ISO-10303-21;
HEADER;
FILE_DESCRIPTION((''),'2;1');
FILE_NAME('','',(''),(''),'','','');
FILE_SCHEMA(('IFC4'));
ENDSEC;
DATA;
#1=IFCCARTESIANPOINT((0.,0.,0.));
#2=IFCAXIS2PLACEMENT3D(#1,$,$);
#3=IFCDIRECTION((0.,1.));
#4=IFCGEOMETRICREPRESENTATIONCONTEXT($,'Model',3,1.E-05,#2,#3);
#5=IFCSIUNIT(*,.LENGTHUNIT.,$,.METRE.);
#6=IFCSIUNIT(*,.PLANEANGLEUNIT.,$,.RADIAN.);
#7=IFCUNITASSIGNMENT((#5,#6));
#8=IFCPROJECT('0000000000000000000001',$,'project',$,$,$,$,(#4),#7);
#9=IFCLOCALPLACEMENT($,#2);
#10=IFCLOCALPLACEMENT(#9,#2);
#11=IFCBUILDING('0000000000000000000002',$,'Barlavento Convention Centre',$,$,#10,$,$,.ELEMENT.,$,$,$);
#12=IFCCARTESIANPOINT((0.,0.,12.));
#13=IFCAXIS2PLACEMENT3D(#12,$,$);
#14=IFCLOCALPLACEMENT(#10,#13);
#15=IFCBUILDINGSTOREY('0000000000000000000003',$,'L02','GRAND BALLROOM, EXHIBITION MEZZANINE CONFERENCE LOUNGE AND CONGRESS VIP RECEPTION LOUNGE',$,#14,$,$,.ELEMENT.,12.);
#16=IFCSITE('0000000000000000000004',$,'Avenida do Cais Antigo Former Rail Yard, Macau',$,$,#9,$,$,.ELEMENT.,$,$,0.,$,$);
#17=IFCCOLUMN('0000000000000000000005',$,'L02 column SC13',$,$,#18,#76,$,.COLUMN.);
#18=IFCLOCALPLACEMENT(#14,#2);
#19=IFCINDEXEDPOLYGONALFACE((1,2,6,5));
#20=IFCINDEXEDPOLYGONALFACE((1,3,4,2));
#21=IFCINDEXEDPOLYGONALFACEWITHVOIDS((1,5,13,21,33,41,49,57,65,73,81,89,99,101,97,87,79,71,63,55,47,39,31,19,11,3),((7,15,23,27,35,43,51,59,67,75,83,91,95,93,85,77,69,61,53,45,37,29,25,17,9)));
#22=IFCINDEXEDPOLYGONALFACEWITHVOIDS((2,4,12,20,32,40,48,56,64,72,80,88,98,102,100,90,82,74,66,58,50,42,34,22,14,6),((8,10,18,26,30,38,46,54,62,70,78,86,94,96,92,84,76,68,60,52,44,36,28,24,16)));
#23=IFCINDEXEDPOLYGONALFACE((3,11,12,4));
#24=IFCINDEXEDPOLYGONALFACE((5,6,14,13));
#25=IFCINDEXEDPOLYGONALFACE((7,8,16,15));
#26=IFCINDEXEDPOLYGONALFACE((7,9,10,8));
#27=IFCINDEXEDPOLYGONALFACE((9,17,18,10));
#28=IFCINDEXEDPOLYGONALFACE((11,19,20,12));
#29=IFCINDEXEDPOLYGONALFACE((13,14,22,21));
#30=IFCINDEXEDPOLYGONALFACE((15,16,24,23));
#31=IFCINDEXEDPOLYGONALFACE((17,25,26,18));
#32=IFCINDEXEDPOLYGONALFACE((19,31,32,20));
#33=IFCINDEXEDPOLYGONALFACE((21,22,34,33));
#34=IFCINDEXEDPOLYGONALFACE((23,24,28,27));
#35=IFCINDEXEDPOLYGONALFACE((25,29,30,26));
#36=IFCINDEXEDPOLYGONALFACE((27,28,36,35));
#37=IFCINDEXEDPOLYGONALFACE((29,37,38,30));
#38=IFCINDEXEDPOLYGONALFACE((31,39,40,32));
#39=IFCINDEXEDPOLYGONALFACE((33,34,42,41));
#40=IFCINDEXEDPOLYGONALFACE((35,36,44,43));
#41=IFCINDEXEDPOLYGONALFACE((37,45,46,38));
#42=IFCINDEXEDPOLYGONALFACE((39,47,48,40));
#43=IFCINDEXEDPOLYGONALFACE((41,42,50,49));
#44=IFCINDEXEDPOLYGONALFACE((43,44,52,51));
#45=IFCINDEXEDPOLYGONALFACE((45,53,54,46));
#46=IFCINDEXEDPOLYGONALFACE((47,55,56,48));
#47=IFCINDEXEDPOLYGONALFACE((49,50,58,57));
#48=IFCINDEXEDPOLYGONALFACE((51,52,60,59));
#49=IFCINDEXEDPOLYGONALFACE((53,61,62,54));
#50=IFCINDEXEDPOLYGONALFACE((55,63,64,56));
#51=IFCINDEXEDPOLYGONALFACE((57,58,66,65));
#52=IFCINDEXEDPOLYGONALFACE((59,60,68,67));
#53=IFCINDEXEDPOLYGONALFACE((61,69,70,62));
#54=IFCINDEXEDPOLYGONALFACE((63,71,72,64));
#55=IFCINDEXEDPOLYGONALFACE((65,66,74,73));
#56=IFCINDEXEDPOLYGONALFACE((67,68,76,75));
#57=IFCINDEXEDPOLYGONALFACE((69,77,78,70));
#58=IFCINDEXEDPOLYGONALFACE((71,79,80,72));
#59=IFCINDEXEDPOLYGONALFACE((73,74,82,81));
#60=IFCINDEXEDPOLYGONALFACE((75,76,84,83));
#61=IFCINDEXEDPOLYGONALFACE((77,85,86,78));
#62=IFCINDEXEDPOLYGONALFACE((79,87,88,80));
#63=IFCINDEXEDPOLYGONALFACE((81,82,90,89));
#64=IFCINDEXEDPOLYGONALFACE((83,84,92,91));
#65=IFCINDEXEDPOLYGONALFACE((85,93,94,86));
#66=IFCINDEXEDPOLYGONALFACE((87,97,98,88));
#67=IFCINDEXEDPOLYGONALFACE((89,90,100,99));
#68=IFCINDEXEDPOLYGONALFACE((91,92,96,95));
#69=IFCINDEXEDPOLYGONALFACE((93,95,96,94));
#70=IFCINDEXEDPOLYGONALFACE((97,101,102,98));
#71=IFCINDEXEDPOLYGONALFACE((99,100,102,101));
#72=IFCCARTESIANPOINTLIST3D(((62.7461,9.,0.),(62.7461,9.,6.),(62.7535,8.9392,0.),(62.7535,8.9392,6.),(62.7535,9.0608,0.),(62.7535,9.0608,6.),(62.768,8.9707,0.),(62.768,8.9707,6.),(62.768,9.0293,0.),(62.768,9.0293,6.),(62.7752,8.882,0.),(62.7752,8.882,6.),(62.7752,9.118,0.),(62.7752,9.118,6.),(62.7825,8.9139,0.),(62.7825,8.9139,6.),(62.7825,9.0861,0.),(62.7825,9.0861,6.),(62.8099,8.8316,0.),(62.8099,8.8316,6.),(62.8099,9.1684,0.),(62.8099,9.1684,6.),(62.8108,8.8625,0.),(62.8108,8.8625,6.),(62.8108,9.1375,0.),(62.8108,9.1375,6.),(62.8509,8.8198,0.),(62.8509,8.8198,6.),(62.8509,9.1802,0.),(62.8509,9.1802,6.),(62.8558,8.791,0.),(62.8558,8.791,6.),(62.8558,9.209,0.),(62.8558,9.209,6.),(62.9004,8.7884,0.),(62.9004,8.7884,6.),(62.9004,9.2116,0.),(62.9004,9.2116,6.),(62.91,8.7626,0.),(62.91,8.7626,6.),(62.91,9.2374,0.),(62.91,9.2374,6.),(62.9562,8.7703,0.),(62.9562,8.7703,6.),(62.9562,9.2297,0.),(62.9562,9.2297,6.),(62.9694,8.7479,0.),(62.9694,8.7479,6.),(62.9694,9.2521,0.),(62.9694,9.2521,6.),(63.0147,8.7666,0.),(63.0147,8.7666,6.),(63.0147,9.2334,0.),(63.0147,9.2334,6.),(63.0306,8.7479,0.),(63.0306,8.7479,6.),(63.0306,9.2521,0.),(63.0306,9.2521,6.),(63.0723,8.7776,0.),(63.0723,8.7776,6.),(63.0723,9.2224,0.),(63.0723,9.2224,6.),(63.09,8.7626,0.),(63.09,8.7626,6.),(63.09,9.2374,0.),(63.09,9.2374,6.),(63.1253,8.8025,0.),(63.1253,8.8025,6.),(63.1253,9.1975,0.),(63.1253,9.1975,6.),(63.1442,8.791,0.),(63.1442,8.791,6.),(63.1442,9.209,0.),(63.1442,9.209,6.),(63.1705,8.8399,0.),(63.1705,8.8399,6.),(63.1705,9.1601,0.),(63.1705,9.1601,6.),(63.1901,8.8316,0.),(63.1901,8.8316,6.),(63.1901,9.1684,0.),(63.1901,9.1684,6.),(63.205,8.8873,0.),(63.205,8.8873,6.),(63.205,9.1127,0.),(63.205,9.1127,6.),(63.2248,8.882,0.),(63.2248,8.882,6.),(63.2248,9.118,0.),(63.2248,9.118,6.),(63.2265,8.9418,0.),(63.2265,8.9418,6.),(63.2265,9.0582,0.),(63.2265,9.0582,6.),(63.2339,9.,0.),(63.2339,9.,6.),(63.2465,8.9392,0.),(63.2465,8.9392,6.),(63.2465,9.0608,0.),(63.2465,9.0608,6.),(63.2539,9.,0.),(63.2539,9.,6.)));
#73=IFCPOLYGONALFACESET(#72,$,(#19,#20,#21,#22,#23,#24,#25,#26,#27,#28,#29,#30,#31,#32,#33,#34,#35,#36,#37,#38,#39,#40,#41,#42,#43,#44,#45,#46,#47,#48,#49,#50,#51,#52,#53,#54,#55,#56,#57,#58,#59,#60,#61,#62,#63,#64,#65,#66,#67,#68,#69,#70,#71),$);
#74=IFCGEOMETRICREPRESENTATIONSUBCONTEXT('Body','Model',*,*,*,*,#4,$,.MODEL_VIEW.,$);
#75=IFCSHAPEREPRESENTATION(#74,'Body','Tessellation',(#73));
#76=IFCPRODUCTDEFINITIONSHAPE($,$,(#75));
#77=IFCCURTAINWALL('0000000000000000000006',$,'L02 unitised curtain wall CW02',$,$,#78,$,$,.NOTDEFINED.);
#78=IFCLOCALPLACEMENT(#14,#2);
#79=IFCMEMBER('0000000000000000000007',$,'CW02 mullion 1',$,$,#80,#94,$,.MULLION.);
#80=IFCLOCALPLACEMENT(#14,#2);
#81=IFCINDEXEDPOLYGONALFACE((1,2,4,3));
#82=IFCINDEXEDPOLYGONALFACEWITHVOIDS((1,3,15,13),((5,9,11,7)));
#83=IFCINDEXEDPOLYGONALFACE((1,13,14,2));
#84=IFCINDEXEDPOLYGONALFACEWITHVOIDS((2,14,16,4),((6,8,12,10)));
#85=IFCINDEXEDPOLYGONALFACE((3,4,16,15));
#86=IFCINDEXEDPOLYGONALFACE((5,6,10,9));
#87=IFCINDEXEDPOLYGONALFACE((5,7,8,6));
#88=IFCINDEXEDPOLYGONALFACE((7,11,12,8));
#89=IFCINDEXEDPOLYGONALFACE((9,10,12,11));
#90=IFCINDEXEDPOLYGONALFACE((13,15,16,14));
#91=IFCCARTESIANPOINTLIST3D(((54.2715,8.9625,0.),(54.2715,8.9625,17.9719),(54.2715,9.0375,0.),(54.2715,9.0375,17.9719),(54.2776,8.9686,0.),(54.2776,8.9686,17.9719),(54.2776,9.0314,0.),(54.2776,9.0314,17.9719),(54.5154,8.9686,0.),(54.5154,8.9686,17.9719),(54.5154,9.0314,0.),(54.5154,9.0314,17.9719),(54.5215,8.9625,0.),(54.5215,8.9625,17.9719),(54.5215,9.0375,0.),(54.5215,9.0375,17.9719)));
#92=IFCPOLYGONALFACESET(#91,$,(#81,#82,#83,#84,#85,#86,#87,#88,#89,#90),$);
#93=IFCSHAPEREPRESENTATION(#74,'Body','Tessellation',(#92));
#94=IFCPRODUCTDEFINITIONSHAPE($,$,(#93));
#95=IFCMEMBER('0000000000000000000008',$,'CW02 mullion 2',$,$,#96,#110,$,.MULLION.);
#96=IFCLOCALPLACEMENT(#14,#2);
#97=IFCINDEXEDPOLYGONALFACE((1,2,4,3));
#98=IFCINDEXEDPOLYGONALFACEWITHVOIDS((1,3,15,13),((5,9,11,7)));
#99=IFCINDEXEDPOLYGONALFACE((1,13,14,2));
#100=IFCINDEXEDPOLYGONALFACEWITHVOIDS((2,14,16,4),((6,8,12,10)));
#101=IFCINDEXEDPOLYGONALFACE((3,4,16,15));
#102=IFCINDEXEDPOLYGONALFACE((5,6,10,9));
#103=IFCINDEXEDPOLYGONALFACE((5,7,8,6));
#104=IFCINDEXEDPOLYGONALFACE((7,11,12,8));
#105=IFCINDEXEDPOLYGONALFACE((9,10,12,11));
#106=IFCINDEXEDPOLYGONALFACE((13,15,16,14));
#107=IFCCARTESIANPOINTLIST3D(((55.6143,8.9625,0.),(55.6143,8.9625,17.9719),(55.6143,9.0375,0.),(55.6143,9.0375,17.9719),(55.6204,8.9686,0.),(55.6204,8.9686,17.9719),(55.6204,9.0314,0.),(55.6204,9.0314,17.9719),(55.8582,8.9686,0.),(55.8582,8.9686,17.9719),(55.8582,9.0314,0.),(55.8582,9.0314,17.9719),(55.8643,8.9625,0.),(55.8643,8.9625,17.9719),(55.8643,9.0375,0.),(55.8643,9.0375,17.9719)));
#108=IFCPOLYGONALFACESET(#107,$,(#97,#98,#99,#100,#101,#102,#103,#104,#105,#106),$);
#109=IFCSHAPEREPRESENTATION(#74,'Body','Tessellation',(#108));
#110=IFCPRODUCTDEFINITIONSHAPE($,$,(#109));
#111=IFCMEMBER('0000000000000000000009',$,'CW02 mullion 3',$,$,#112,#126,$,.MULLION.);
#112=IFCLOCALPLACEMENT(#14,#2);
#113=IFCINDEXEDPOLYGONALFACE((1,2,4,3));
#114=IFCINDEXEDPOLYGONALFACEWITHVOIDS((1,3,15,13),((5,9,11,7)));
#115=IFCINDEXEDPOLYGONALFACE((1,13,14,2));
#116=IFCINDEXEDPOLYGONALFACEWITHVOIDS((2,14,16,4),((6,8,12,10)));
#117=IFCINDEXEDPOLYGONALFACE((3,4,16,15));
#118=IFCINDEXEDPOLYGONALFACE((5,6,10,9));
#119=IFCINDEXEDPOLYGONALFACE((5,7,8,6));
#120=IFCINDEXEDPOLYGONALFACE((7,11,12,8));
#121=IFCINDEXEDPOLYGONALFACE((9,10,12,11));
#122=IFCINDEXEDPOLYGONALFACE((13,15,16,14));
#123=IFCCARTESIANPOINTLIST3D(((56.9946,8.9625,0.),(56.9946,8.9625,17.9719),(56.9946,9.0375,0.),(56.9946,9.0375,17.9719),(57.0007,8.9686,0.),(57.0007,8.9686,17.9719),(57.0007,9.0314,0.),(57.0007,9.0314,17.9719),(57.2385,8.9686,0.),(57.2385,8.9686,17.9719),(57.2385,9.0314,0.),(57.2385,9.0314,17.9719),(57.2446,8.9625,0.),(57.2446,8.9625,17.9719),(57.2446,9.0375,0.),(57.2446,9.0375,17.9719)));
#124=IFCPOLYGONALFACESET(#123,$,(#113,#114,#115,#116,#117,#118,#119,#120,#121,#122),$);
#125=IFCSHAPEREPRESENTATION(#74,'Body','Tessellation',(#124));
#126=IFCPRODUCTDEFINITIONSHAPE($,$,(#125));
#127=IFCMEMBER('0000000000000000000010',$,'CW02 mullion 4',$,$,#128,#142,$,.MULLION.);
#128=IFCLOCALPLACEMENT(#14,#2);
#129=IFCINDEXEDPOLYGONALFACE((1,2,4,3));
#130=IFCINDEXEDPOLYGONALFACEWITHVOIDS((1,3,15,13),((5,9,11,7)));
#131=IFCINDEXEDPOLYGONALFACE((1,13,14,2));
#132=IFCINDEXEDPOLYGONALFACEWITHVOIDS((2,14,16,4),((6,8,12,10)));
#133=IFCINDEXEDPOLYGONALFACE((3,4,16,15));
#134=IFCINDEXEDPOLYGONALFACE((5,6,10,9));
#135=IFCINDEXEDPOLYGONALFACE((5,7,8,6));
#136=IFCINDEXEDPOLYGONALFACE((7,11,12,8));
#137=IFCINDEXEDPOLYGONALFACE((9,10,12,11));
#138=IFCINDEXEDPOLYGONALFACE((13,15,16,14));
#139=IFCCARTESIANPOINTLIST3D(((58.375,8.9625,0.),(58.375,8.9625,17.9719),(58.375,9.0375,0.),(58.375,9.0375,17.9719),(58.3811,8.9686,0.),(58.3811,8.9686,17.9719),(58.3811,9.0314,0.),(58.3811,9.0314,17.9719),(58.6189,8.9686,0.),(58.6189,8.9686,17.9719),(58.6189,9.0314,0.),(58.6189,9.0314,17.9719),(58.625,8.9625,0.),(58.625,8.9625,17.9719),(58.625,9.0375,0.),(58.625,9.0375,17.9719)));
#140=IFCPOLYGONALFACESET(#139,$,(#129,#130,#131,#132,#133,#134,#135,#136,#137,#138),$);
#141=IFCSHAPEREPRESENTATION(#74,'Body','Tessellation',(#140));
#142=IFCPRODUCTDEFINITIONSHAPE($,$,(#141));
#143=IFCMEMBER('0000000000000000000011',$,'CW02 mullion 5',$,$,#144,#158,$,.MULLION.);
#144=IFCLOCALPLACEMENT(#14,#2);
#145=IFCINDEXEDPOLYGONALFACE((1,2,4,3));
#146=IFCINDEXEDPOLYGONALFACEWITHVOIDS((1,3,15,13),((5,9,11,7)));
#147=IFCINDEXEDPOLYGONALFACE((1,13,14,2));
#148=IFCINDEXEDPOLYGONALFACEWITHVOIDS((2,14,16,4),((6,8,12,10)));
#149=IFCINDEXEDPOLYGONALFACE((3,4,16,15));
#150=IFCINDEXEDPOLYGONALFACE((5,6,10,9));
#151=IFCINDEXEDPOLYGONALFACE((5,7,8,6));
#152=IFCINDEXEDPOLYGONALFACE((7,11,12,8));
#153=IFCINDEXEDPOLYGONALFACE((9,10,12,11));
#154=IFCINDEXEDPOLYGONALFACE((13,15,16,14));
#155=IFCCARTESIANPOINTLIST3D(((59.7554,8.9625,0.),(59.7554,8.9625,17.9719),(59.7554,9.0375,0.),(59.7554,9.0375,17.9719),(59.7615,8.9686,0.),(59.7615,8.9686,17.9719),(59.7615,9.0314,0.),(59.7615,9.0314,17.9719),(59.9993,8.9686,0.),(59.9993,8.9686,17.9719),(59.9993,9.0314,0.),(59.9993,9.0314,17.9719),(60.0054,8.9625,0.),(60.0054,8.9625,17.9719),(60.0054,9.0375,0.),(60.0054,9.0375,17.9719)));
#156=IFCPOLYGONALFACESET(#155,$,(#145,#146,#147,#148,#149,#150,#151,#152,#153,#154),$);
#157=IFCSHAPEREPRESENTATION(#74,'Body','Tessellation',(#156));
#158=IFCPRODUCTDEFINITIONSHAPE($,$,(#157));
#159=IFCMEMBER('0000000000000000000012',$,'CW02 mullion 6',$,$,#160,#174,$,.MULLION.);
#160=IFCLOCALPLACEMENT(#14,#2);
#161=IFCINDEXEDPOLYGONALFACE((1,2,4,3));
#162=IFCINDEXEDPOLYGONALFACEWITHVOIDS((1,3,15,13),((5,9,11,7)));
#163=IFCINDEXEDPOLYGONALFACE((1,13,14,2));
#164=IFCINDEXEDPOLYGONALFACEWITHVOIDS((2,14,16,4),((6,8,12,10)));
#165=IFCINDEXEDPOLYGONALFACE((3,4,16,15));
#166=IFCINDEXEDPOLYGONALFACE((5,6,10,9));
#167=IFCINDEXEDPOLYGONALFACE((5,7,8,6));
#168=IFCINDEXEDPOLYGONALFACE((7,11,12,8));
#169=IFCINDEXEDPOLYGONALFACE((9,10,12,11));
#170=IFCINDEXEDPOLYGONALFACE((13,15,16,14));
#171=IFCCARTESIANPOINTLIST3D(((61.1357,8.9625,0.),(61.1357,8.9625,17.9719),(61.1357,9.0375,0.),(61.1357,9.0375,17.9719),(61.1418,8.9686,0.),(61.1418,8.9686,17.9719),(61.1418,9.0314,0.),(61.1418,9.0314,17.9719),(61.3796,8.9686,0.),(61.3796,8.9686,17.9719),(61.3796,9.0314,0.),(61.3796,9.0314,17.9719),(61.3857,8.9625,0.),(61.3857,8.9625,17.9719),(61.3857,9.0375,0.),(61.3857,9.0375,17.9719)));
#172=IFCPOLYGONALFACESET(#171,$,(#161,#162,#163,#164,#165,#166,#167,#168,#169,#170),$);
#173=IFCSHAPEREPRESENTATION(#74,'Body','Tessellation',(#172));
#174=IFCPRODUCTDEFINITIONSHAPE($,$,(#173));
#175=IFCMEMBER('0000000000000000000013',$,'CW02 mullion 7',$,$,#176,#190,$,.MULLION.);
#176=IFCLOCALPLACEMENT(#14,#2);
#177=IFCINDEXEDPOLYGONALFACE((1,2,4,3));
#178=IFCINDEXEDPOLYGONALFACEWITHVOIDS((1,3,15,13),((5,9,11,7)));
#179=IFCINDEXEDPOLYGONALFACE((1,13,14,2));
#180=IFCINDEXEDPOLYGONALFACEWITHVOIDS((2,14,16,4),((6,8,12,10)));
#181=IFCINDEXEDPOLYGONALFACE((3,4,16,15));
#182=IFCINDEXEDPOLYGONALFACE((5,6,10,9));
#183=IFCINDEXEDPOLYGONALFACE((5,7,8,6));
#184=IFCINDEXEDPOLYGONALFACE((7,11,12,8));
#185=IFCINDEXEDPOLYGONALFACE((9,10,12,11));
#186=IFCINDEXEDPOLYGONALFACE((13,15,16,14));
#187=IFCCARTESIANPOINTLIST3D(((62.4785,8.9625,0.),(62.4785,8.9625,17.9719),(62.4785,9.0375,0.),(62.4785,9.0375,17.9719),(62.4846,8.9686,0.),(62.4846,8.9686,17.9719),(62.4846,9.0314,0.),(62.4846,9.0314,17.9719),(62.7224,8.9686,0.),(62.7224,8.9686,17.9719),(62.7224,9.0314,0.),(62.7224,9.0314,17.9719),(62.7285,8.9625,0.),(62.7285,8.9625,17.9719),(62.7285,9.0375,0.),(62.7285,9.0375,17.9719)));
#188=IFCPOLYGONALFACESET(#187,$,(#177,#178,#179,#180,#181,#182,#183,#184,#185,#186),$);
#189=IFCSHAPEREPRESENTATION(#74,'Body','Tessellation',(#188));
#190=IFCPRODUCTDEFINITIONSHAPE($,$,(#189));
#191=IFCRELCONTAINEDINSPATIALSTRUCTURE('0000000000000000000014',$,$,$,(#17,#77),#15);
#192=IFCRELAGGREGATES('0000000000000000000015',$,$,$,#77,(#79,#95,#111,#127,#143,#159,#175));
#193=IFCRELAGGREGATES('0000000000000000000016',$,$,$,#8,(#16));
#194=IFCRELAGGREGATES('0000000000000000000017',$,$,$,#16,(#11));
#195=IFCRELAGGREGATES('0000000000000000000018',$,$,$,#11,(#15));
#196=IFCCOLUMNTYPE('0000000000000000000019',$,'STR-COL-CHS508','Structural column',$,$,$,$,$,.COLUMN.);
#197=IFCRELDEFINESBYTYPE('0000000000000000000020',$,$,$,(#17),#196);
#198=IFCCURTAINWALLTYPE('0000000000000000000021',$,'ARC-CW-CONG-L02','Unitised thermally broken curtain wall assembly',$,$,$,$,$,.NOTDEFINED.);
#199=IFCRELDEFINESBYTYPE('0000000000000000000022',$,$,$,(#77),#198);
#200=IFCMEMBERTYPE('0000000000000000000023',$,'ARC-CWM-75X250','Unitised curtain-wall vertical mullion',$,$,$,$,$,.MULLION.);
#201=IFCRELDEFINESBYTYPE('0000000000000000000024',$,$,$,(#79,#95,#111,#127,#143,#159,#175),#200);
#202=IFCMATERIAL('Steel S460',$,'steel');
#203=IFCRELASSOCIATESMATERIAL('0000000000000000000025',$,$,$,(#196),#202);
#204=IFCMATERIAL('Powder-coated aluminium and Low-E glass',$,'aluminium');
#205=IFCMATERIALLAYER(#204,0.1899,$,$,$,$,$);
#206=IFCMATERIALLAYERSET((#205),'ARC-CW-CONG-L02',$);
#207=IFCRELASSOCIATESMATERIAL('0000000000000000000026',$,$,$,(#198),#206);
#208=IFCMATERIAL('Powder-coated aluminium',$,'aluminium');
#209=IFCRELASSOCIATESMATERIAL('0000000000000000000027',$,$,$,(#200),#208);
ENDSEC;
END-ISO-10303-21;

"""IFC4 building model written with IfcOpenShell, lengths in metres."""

from ifc_helpers import new_model, si_unit, direction, frame, origin, origin_2d, place, context, subcontext, project, spatial, hollow_rectangle, hollow_circle, extrude, material, layer, layer_set, material_profile, profile_set, type_object, element, aggregate, save


model = new_model("IFC4")

# Units and contexts
model_context = context("Model", 3, precision=1e-05, world=origin(), true_north=direction((0.0, 1.0)))
body_context = subcontext(model_context, "Body", "Model", "MODEL_VIEW")
ifc_project = project(units=[si_unit("LENGTHUNIT", "METRE"), si_unit("PLANEANGLEUNIT", "RADIAN")], contexts=[model_context])

# Site, building, storey
site_placement = place(None, origin())
site = spatial("IfcSite", under=ifc_project, at=site_placement, Name="Avenida do Cais Antigo Former Rail Yard, Macau", CompositionType="ELEMENT", RefElevation=0.0)
building_placement = place(site_placement, origin())
building = spatial("IfcBuilding", under=site, at=building_placement, Name="Barlavento Convention Centre", CompositionType="ELEMENT")
storey_placement = place(building_placement, frame((0.0, 0.0, 12.0)))
storey = spatial("IfcBuildingStorey", under=building, at=storey_placement, Name="L02", Description="GRAND BALLROOM, EXHIBITION MEZZANINE CONFERENCE LOUNGE AND CONGRESS VIP RECEPTION LOUNGE", CompositionType="ELEMENT", Elevation=12.0)

# Column
ifc_material_1 = material(Name="Steel S460", Category="steel")
ifc_material_profile_1 = material_profile(ifc_material_1, hollow_circle(Radius=0.2539, WallThickness=0.02, at=origin_2d()), Name="CHS 508.0x20.0")
ifc_profile_set_1 = profile_set([ifc_material_profile_1], Name="Steel S460")
column_type = type_object("IfcColumnType", Name="STR-COL-CHS508", Description="Structural column", PredefinedType="COLUMN", material=ifc_profile_set_1)
for number, where, z_axis, x_axis, name in (
    (1, (63.0, 9.0, 0.0), (0.0, 0.0, 1.0), (1.0, 0.0, 0.0), "L02 column SC13"),
):
    element("IfcColumn", number, at=place(storey_placement, frame(where, z_axis=z_axis, x_axis=x_axis)), inside=storey, type_object=column_type, Name=name, PredefinedType="COLUMN", context=body_context, shape_type="SweptSolid", body=[
        extrude(hollow_circle(Radius=0.2539, WallThickness=0.02, at=origin_2d()), origin(), (0.0, 0.0, 1.0), 6.0),
    ])

# Curtain wall, members
ifc_material_2 = material(Name="Powder-coated aluminium and Low-E glass", Category="aluminium")
ifc_layer = layer(ifc_material_2, 0.1899)
ifc_layer_set = layer_set([ifc_layer], Name="ARC-CW-CONG-L02")
curtain_wall_type = type_object("IfcCurtainWallType", Name="ARC-CW-CONG-L02", Description="Unitised thermally broken curtain wall assembly", PredefinedType="NOTDEFINED", material=ifc_layer_set)
curtain_wall_1_placement = place(storey_placement, origin())
curtain_wall_1 = element("IfcCurtainWall", 2, at=curtain_wall_1_placement, inside=storey, type_object=curtain_wall_type, Name="L02 unitised curtain wall CW02", PredefinedType="NOTDEFINED")
ifc_material_3 = material(Name="Powder-coated aluminium", Category="aluminium")
ifc_material_profile_2 = material_profile(ifc_material_3, hollow_rectangle(XDim=0.075, YDim=0.25, WallThickness=0.0061, at=origin_2d()), Name="AL-MULL 75x250x6")
ifc_profile_set_2 = profile_set([ifc_material_profile_2], Name="Powder-coated aluminium")
member_type_1 = type_object("IfcMemberType", Name="ARC-CWM-75X250", Description="Unitised curtain-wall vertical mullion", PredefinedType="MULLION", material=ifc_profile_set_2)
member_1_placement = place(storey_placement, frame((54.3965, 9.0, 0.0), z_axis=(0.0, 0.0, 1.0), x_axis=(0.0, 1.0, 0.0)))
member_1 = element("IfcMember", 3, at=member_1_placement, type_object=member_type_1, Name="CW02 mullion 1", PredefinedType="MULLION", context=body_context, shape_type="SweptSolid", body=[
    extrude(hollow_rectangle(XDim=0.075, YDim=0.25, WallThickness=0.0061, at=origin_2d()), origin(), (0.0, 0.0, 1.0), 17.9719),
])
member_2_placement = place(storey_placement, frame((55.7393, 9.0, 0.0), z_axis=(0.0, 0.0, 1.0), x_axis=(0.0, 1.0, 0.0)))
member_2 = element("IfcMember", 4, at=member_2_placement, type_object=member_type_1, Name="CW02 mullion 2", PredefinedType="MULLION", context=body_context, shape_type="SweptSolid", body=[
    extrude(hollow_rectangle(XDim=0.075, YDim=0.25, WallThickness=0.0061, at=origin_2d()), origin(), (0.0, 0.0, 1.0), 17.9719),
])
member_3_placement = place(storey_placement, frame((57.1196, 9.0, 0.0), z_axis=(0.0, 0.0, 1.0), x_axis=(0.0, 1.0, 0.0)))
member_3 = element("IfcMember", 5, at=member_3_placement, type_object=member_type_1, Name="CW02 mullion 3", PredefinedType="MULLION", context=body_context, shape_type="SweptSolid", body=[
    extrude(hollow_rectangle(XDim=0.075, YDim=0.25, WallThickness=0.0061, at=origin_2d()), origin(), (0.0, 0.0, 1.0), 17.9719),
])
member_4_placement = place(storey_placement, frame((58.5, 9.0, 0.0), z_axis=(0.0, 0.0, 1.0), x_axis=(0.0, 1.0, 0.0)))
member_4 = element("IfcMember", 6, at=member_4_placement, type_object=member_type_1, Name="CW02 mullion 4", PredefinedType="MULLION", context=body_context, shape_type="SweptSolid", body=[
    extrude(hollow_rectangle(XDim=0.075, YDim=0.25, WallThickness=0.0061, at=origin_2d()), origin(), (0.0, 0.0, 1.0), 17.9719),
])
member_5_placement = place(storey_placement, frame((59.8804, 9.0, 0.0), z_axis=(0.0, 0.0, 1.0), x_axis=(0.0, 1.0, 0.0)))
member_5 = element("IfcMember", 7, at=member_5_placement, type_object=member_type_1, Name="CW02 mullion 5", PredefinedType="MULLION", context=body_context, shape_type="SweptSolid", body=[
    extrude(hollow_rectangle(XDim=0.075, YDim=0.25, WallThickness=0.0061, at=origin_2d()), origin(), (0.0, 0.0, 1.0), 17.9719),
])
member_6_placement = place(storey_placement, frame((61.2607, 9.0, 0.0), z_axis=(0.0, 0.0, 1.0), x_axis=(0.0, 1.0, 0.0)))
member_6 = element("IfcMember", 8, at=member_6_placement, type_object=member_type_1, Name="CW02 mullion 6", PredefinedType="MULLION", context=body_context, shape_type="SweptSolid", body=[
    extrude(hollow_rectangle(XDim=0.075, YDim=0.25, WallThickness=0.0061, at=origin_2d()), origin(), (0.0, 0.0, 1.0), 17.9719),
])
member_7_placement = place(storey_placement, frame((62.6035, 9.0, 0.0), z_axis=(0.0, 0.0, 1.0), x_axis=(0.0, 1.0, 0.0)))
member_7 = element("IfcMember", 9, at=member_7_placement, type_object=member_type_1, Name="CW02 mullion 7", PredefinedType="MULLION", context=body_context, shape_type="SweptSolid", body=[
    extrude(hollow_rectangle(XDim=0.075, YDim=0.25, WallThickness=0.0061, at=origin_2d()), origin(), (0.0, 0.0, 1.0), 17.9719),
])

aggregate(curtain_wall_1, [member_1, member_2, member_3, member_4, member_5, member_6, member_7])

save(model, "model.ifc")
